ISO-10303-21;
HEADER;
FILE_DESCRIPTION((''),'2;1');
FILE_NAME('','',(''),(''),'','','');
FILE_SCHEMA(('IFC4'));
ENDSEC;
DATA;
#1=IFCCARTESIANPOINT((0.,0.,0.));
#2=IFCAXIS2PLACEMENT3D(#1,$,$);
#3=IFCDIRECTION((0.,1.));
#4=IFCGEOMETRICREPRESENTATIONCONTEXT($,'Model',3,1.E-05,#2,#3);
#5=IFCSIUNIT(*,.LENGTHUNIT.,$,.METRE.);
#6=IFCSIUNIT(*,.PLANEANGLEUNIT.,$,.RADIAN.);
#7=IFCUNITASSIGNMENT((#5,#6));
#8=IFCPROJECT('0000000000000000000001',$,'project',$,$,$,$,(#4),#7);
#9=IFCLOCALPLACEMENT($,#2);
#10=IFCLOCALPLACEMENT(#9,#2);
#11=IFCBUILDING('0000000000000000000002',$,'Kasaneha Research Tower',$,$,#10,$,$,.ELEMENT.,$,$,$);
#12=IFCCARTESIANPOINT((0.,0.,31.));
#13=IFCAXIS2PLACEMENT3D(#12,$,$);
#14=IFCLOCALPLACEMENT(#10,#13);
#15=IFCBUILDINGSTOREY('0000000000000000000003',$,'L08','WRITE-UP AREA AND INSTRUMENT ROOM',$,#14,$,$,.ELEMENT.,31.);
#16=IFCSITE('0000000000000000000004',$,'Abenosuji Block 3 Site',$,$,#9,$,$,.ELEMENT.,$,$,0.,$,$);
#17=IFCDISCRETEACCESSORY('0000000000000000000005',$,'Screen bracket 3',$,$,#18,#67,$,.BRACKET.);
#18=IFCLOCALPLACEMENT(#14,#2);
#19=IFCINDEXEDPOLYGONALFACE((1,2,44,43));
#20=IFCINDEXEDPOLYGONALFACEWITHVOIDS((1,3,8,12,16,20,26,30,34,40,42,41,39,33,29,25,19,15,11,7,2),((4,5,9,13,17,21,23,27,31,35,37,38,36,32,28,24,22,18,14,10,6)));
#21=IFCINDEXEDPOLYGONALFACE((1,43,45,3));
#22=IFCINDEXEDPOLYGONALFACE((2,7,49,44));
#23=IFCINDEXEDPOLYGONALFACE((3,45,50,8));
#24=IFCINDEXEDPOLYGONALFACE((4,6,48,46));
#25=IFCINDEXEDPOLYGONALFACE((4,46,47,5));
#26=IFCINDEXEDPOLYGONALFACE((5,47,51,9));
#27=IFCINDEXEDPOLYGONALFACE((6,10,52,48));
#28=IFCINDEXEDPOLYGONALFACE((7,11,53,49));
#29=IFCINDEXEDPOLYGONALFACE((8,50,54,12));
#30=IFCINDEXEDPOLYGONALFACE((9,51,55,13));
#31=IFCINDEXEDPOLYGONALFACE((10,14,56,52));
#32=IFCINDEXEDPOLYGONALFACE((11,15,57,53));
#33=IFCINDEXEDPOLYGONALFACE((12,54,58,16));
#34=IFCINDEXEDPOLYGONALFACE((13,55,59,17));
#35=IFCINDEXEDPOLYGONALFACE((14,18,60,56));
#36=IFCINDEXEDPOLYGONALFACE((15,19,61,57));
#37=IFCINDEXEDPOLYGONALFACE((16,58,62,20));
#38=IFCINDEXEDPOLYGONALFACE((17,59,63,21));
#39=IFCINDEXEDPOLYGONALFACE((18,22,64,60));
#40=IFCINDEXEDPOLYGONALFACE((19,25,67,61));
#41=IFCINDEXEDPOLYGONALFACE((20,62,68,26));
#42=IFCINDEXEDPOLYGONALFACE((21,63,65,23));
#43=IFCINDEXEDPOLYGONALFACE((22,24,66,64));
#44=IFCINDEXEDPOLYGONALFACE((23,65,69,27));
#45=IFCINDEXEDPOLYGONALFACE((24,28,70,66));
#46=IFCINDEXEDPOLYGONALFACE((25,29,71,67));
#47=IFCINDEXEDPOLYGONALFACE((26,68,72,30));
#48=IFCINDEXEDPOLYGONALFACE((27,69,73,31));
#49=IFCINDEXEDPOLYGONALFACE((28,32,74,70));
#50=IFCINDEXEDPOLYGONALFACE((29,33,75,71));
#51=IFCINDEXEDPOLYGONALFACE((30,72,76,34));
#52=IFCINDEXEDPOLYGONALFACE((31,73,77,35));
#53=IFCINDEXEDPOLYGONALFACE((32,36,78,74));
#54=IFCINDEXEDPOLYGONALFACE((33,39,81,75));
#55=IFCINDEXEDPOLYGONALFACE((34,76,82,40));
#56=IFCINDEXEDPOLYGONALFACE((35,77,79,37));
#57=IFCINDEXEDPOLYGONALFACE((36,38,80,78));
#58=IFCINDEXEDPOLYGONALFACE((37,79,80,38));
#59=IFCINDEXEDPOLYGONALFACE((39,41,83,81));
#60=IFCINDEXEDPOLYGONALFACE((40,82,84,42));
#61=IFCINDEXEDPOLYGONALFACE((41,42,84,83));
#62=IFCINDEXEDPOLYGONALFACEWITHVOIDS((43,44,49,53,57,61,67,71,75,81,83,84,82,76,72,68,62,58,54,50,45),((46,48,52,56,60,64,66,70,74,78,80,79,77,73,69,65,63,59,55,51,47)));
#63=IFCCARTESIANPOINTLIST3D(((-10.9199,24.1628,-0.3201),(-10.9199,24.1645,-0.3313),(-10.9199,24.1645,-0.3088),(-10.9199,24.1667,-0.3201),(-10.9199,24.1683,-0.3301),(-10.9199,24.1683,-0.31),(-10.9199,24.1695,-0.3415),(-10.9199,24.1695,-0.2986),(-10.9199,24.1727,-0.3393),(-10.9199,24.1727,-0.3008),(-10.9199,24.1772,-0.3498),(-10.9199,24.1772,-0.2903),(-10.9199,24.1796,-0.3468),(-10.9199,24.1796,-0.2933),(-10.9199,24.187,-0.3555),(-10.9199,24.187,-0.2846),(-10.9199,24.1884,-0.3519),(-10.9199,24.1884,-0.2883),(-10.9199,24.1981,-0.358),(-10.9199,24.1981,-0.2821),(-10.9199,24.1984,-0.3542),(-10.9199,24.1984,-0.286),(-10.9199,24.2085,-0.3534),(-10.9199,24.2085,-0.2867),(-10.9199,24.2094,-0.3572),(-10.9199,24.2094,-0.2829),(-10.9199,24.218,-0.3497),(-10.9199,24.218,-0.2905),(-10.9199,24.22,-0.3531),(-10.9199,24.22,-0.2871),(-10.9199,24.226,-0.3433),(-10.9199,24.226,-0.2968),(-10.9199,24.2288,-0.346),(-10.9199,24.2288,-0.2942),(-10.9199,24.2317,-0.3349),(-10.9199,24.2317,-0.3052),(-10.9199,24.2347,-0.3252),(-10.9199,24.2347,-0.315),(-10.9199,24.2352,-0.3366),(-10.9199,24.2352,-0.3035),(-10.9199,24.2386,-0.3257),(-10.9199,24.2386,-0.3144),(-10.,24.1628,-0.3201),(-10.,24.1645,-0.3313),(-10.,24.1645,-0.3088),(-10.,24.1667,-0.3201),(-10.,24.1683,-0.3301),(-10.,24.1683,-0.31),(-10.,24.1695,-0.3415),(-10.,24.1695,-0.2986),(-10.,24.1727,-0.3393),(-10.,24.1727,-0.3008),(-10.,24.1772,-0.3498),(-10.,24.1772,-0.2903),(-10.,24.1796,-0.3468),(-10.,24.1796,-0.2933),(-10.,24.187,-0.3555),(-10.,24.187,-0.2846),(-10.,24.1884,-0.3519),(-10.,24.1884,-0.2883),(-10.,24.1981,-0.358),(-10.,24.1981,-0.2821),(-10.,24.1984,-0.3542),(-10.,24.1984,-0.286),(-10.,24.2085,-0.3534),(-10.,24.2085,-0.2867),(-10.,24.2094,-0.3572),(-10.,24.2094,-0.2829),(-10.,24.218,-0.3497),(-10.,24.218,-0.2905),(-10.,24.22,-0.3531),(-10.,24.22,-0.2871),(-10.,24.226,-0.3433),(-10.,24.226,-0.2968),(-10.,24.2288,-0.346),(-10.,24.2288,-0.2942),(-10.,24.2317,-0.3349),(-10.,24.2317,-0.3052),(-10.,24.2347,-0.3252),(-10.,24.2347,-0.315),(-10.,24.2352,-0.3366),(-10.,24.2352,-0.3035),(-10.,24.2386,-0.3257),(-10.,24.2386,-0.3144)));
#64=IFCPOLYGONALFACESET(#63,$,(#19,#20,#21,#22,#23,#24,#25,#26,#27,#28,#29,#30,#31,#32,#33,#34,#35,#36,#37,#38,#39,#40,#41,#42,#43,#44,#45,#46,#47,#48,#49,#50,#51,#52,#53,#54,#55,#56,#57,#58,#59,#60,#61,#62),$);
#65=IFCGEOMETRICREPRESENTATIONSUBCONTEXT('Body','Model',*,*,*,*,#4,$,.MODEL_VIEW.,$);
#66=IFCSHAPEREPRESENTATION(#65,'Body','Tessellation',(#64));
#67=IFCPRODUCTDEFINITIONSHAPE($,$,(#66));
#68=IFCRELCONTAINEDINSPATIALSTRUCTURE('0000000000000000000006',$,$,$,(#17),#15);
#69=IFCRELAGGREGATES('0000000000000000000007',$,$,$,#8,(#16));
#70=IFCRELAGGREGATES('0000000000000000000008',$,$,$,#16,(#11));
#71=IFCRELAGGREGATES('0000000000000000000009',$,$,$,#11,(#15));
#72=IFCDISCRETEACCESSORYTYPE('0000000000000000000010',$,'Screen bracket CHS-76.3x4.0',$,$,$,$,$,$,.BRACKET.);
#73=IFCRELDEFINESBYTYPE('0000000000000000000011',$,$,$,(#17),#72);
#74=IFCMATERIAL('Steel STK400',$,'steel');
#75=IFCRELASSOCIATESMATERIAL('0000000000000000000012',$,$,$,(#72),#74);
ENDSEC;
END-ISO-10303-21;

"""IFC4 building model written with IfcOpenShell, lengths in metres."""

from ifc_helpers import new_model, si_unit, direction, frame, origin, origin_2d, place, context, subcontext, project, spatial, hollow_circle, extrude, material, material_profile, profile_set, type_object, element, save


model = new_model("IFC4")

# Units and contexts
model_context = context("Model", 3, precision=1e-05, world=origin(), true_north=direction((0.0, 1.0)))
body_context = subcontext(model_context, "Body", "Model", "MODEL_VIEW")
ifc_project = project(units=[si_unit("LENGTHUNIT", "METRE"), si_unit("PLANEANGLEUNIT", "RADIAN")], contexts=[model_context])

# Site, building, storey
site_placement = place(None, origin())
site = spatial("IfcSite", under=ifc_project, at=site_placement, Name="Abenosuji Block 3 Site", CompositionType="ELEMENT", RefElevation=0.0)
building_placement = place(site_placement, origin())
building = spatial("IfcBuilding", under=site, at=building_placement, Name="Kasaneha Research Tower", CompositionType="ELEMENT")
storey_placement = place(building_placement, frame((0.0, 0.0, 31.0)))
storey = spatial("IfcBuildingStorey", under=building, at=storey_placement, Name="L08", Description="WRITE-UP AREA AND INSTRUMENT ROOM", CompositionType="ELEMENT", Elevation=31.0)

# Discrete accessory
ifc_material_1 = material(Name="Steel STK400", Category="steel")
ifc_material_profile_1 = material_profile(ifc_material_1, hollow_circle(Radius=0.0381, WallThickness=0.0039, at=origin_2d()), Name="CHS-76.3x4.0")
ifc_profile_set_1 = profile_set([ifc_material_profile_1], Name="Steel STK400")
discrete_accessory_type = type_object("IfcDiscreteAccessoryType", Name="Screen bracket CHS-76.3x4.0", PredefinedType="BRACKET", material=ifc_profile_set_1)
for number, where, z_axis, x_axis, name in (
    (1, (-10.0, 24.2009, -0.3201), (-1.0, 0.0, 0.0), (0.0, -1.0, 0.0), "Screen bracket 3"),
):
    element("IfcDiscreteAccessory", number, at=place(storey_placement, frame(where, z_axis=z_axis, x_axis=x_axis)), inside=storey, type_object=discrete_accessory_type, Name=name, PredefinedType="BRACKET", context=body_context, shape_type="SweptSolid", body=[
        extrude(hollow_circle(Radius=0.0381, WallThickness=0.0039, at=origin_2d()), origin(), (0.0, 0.0, 1.0), 0.9199),
    ])

save(model, "model.ifc")
